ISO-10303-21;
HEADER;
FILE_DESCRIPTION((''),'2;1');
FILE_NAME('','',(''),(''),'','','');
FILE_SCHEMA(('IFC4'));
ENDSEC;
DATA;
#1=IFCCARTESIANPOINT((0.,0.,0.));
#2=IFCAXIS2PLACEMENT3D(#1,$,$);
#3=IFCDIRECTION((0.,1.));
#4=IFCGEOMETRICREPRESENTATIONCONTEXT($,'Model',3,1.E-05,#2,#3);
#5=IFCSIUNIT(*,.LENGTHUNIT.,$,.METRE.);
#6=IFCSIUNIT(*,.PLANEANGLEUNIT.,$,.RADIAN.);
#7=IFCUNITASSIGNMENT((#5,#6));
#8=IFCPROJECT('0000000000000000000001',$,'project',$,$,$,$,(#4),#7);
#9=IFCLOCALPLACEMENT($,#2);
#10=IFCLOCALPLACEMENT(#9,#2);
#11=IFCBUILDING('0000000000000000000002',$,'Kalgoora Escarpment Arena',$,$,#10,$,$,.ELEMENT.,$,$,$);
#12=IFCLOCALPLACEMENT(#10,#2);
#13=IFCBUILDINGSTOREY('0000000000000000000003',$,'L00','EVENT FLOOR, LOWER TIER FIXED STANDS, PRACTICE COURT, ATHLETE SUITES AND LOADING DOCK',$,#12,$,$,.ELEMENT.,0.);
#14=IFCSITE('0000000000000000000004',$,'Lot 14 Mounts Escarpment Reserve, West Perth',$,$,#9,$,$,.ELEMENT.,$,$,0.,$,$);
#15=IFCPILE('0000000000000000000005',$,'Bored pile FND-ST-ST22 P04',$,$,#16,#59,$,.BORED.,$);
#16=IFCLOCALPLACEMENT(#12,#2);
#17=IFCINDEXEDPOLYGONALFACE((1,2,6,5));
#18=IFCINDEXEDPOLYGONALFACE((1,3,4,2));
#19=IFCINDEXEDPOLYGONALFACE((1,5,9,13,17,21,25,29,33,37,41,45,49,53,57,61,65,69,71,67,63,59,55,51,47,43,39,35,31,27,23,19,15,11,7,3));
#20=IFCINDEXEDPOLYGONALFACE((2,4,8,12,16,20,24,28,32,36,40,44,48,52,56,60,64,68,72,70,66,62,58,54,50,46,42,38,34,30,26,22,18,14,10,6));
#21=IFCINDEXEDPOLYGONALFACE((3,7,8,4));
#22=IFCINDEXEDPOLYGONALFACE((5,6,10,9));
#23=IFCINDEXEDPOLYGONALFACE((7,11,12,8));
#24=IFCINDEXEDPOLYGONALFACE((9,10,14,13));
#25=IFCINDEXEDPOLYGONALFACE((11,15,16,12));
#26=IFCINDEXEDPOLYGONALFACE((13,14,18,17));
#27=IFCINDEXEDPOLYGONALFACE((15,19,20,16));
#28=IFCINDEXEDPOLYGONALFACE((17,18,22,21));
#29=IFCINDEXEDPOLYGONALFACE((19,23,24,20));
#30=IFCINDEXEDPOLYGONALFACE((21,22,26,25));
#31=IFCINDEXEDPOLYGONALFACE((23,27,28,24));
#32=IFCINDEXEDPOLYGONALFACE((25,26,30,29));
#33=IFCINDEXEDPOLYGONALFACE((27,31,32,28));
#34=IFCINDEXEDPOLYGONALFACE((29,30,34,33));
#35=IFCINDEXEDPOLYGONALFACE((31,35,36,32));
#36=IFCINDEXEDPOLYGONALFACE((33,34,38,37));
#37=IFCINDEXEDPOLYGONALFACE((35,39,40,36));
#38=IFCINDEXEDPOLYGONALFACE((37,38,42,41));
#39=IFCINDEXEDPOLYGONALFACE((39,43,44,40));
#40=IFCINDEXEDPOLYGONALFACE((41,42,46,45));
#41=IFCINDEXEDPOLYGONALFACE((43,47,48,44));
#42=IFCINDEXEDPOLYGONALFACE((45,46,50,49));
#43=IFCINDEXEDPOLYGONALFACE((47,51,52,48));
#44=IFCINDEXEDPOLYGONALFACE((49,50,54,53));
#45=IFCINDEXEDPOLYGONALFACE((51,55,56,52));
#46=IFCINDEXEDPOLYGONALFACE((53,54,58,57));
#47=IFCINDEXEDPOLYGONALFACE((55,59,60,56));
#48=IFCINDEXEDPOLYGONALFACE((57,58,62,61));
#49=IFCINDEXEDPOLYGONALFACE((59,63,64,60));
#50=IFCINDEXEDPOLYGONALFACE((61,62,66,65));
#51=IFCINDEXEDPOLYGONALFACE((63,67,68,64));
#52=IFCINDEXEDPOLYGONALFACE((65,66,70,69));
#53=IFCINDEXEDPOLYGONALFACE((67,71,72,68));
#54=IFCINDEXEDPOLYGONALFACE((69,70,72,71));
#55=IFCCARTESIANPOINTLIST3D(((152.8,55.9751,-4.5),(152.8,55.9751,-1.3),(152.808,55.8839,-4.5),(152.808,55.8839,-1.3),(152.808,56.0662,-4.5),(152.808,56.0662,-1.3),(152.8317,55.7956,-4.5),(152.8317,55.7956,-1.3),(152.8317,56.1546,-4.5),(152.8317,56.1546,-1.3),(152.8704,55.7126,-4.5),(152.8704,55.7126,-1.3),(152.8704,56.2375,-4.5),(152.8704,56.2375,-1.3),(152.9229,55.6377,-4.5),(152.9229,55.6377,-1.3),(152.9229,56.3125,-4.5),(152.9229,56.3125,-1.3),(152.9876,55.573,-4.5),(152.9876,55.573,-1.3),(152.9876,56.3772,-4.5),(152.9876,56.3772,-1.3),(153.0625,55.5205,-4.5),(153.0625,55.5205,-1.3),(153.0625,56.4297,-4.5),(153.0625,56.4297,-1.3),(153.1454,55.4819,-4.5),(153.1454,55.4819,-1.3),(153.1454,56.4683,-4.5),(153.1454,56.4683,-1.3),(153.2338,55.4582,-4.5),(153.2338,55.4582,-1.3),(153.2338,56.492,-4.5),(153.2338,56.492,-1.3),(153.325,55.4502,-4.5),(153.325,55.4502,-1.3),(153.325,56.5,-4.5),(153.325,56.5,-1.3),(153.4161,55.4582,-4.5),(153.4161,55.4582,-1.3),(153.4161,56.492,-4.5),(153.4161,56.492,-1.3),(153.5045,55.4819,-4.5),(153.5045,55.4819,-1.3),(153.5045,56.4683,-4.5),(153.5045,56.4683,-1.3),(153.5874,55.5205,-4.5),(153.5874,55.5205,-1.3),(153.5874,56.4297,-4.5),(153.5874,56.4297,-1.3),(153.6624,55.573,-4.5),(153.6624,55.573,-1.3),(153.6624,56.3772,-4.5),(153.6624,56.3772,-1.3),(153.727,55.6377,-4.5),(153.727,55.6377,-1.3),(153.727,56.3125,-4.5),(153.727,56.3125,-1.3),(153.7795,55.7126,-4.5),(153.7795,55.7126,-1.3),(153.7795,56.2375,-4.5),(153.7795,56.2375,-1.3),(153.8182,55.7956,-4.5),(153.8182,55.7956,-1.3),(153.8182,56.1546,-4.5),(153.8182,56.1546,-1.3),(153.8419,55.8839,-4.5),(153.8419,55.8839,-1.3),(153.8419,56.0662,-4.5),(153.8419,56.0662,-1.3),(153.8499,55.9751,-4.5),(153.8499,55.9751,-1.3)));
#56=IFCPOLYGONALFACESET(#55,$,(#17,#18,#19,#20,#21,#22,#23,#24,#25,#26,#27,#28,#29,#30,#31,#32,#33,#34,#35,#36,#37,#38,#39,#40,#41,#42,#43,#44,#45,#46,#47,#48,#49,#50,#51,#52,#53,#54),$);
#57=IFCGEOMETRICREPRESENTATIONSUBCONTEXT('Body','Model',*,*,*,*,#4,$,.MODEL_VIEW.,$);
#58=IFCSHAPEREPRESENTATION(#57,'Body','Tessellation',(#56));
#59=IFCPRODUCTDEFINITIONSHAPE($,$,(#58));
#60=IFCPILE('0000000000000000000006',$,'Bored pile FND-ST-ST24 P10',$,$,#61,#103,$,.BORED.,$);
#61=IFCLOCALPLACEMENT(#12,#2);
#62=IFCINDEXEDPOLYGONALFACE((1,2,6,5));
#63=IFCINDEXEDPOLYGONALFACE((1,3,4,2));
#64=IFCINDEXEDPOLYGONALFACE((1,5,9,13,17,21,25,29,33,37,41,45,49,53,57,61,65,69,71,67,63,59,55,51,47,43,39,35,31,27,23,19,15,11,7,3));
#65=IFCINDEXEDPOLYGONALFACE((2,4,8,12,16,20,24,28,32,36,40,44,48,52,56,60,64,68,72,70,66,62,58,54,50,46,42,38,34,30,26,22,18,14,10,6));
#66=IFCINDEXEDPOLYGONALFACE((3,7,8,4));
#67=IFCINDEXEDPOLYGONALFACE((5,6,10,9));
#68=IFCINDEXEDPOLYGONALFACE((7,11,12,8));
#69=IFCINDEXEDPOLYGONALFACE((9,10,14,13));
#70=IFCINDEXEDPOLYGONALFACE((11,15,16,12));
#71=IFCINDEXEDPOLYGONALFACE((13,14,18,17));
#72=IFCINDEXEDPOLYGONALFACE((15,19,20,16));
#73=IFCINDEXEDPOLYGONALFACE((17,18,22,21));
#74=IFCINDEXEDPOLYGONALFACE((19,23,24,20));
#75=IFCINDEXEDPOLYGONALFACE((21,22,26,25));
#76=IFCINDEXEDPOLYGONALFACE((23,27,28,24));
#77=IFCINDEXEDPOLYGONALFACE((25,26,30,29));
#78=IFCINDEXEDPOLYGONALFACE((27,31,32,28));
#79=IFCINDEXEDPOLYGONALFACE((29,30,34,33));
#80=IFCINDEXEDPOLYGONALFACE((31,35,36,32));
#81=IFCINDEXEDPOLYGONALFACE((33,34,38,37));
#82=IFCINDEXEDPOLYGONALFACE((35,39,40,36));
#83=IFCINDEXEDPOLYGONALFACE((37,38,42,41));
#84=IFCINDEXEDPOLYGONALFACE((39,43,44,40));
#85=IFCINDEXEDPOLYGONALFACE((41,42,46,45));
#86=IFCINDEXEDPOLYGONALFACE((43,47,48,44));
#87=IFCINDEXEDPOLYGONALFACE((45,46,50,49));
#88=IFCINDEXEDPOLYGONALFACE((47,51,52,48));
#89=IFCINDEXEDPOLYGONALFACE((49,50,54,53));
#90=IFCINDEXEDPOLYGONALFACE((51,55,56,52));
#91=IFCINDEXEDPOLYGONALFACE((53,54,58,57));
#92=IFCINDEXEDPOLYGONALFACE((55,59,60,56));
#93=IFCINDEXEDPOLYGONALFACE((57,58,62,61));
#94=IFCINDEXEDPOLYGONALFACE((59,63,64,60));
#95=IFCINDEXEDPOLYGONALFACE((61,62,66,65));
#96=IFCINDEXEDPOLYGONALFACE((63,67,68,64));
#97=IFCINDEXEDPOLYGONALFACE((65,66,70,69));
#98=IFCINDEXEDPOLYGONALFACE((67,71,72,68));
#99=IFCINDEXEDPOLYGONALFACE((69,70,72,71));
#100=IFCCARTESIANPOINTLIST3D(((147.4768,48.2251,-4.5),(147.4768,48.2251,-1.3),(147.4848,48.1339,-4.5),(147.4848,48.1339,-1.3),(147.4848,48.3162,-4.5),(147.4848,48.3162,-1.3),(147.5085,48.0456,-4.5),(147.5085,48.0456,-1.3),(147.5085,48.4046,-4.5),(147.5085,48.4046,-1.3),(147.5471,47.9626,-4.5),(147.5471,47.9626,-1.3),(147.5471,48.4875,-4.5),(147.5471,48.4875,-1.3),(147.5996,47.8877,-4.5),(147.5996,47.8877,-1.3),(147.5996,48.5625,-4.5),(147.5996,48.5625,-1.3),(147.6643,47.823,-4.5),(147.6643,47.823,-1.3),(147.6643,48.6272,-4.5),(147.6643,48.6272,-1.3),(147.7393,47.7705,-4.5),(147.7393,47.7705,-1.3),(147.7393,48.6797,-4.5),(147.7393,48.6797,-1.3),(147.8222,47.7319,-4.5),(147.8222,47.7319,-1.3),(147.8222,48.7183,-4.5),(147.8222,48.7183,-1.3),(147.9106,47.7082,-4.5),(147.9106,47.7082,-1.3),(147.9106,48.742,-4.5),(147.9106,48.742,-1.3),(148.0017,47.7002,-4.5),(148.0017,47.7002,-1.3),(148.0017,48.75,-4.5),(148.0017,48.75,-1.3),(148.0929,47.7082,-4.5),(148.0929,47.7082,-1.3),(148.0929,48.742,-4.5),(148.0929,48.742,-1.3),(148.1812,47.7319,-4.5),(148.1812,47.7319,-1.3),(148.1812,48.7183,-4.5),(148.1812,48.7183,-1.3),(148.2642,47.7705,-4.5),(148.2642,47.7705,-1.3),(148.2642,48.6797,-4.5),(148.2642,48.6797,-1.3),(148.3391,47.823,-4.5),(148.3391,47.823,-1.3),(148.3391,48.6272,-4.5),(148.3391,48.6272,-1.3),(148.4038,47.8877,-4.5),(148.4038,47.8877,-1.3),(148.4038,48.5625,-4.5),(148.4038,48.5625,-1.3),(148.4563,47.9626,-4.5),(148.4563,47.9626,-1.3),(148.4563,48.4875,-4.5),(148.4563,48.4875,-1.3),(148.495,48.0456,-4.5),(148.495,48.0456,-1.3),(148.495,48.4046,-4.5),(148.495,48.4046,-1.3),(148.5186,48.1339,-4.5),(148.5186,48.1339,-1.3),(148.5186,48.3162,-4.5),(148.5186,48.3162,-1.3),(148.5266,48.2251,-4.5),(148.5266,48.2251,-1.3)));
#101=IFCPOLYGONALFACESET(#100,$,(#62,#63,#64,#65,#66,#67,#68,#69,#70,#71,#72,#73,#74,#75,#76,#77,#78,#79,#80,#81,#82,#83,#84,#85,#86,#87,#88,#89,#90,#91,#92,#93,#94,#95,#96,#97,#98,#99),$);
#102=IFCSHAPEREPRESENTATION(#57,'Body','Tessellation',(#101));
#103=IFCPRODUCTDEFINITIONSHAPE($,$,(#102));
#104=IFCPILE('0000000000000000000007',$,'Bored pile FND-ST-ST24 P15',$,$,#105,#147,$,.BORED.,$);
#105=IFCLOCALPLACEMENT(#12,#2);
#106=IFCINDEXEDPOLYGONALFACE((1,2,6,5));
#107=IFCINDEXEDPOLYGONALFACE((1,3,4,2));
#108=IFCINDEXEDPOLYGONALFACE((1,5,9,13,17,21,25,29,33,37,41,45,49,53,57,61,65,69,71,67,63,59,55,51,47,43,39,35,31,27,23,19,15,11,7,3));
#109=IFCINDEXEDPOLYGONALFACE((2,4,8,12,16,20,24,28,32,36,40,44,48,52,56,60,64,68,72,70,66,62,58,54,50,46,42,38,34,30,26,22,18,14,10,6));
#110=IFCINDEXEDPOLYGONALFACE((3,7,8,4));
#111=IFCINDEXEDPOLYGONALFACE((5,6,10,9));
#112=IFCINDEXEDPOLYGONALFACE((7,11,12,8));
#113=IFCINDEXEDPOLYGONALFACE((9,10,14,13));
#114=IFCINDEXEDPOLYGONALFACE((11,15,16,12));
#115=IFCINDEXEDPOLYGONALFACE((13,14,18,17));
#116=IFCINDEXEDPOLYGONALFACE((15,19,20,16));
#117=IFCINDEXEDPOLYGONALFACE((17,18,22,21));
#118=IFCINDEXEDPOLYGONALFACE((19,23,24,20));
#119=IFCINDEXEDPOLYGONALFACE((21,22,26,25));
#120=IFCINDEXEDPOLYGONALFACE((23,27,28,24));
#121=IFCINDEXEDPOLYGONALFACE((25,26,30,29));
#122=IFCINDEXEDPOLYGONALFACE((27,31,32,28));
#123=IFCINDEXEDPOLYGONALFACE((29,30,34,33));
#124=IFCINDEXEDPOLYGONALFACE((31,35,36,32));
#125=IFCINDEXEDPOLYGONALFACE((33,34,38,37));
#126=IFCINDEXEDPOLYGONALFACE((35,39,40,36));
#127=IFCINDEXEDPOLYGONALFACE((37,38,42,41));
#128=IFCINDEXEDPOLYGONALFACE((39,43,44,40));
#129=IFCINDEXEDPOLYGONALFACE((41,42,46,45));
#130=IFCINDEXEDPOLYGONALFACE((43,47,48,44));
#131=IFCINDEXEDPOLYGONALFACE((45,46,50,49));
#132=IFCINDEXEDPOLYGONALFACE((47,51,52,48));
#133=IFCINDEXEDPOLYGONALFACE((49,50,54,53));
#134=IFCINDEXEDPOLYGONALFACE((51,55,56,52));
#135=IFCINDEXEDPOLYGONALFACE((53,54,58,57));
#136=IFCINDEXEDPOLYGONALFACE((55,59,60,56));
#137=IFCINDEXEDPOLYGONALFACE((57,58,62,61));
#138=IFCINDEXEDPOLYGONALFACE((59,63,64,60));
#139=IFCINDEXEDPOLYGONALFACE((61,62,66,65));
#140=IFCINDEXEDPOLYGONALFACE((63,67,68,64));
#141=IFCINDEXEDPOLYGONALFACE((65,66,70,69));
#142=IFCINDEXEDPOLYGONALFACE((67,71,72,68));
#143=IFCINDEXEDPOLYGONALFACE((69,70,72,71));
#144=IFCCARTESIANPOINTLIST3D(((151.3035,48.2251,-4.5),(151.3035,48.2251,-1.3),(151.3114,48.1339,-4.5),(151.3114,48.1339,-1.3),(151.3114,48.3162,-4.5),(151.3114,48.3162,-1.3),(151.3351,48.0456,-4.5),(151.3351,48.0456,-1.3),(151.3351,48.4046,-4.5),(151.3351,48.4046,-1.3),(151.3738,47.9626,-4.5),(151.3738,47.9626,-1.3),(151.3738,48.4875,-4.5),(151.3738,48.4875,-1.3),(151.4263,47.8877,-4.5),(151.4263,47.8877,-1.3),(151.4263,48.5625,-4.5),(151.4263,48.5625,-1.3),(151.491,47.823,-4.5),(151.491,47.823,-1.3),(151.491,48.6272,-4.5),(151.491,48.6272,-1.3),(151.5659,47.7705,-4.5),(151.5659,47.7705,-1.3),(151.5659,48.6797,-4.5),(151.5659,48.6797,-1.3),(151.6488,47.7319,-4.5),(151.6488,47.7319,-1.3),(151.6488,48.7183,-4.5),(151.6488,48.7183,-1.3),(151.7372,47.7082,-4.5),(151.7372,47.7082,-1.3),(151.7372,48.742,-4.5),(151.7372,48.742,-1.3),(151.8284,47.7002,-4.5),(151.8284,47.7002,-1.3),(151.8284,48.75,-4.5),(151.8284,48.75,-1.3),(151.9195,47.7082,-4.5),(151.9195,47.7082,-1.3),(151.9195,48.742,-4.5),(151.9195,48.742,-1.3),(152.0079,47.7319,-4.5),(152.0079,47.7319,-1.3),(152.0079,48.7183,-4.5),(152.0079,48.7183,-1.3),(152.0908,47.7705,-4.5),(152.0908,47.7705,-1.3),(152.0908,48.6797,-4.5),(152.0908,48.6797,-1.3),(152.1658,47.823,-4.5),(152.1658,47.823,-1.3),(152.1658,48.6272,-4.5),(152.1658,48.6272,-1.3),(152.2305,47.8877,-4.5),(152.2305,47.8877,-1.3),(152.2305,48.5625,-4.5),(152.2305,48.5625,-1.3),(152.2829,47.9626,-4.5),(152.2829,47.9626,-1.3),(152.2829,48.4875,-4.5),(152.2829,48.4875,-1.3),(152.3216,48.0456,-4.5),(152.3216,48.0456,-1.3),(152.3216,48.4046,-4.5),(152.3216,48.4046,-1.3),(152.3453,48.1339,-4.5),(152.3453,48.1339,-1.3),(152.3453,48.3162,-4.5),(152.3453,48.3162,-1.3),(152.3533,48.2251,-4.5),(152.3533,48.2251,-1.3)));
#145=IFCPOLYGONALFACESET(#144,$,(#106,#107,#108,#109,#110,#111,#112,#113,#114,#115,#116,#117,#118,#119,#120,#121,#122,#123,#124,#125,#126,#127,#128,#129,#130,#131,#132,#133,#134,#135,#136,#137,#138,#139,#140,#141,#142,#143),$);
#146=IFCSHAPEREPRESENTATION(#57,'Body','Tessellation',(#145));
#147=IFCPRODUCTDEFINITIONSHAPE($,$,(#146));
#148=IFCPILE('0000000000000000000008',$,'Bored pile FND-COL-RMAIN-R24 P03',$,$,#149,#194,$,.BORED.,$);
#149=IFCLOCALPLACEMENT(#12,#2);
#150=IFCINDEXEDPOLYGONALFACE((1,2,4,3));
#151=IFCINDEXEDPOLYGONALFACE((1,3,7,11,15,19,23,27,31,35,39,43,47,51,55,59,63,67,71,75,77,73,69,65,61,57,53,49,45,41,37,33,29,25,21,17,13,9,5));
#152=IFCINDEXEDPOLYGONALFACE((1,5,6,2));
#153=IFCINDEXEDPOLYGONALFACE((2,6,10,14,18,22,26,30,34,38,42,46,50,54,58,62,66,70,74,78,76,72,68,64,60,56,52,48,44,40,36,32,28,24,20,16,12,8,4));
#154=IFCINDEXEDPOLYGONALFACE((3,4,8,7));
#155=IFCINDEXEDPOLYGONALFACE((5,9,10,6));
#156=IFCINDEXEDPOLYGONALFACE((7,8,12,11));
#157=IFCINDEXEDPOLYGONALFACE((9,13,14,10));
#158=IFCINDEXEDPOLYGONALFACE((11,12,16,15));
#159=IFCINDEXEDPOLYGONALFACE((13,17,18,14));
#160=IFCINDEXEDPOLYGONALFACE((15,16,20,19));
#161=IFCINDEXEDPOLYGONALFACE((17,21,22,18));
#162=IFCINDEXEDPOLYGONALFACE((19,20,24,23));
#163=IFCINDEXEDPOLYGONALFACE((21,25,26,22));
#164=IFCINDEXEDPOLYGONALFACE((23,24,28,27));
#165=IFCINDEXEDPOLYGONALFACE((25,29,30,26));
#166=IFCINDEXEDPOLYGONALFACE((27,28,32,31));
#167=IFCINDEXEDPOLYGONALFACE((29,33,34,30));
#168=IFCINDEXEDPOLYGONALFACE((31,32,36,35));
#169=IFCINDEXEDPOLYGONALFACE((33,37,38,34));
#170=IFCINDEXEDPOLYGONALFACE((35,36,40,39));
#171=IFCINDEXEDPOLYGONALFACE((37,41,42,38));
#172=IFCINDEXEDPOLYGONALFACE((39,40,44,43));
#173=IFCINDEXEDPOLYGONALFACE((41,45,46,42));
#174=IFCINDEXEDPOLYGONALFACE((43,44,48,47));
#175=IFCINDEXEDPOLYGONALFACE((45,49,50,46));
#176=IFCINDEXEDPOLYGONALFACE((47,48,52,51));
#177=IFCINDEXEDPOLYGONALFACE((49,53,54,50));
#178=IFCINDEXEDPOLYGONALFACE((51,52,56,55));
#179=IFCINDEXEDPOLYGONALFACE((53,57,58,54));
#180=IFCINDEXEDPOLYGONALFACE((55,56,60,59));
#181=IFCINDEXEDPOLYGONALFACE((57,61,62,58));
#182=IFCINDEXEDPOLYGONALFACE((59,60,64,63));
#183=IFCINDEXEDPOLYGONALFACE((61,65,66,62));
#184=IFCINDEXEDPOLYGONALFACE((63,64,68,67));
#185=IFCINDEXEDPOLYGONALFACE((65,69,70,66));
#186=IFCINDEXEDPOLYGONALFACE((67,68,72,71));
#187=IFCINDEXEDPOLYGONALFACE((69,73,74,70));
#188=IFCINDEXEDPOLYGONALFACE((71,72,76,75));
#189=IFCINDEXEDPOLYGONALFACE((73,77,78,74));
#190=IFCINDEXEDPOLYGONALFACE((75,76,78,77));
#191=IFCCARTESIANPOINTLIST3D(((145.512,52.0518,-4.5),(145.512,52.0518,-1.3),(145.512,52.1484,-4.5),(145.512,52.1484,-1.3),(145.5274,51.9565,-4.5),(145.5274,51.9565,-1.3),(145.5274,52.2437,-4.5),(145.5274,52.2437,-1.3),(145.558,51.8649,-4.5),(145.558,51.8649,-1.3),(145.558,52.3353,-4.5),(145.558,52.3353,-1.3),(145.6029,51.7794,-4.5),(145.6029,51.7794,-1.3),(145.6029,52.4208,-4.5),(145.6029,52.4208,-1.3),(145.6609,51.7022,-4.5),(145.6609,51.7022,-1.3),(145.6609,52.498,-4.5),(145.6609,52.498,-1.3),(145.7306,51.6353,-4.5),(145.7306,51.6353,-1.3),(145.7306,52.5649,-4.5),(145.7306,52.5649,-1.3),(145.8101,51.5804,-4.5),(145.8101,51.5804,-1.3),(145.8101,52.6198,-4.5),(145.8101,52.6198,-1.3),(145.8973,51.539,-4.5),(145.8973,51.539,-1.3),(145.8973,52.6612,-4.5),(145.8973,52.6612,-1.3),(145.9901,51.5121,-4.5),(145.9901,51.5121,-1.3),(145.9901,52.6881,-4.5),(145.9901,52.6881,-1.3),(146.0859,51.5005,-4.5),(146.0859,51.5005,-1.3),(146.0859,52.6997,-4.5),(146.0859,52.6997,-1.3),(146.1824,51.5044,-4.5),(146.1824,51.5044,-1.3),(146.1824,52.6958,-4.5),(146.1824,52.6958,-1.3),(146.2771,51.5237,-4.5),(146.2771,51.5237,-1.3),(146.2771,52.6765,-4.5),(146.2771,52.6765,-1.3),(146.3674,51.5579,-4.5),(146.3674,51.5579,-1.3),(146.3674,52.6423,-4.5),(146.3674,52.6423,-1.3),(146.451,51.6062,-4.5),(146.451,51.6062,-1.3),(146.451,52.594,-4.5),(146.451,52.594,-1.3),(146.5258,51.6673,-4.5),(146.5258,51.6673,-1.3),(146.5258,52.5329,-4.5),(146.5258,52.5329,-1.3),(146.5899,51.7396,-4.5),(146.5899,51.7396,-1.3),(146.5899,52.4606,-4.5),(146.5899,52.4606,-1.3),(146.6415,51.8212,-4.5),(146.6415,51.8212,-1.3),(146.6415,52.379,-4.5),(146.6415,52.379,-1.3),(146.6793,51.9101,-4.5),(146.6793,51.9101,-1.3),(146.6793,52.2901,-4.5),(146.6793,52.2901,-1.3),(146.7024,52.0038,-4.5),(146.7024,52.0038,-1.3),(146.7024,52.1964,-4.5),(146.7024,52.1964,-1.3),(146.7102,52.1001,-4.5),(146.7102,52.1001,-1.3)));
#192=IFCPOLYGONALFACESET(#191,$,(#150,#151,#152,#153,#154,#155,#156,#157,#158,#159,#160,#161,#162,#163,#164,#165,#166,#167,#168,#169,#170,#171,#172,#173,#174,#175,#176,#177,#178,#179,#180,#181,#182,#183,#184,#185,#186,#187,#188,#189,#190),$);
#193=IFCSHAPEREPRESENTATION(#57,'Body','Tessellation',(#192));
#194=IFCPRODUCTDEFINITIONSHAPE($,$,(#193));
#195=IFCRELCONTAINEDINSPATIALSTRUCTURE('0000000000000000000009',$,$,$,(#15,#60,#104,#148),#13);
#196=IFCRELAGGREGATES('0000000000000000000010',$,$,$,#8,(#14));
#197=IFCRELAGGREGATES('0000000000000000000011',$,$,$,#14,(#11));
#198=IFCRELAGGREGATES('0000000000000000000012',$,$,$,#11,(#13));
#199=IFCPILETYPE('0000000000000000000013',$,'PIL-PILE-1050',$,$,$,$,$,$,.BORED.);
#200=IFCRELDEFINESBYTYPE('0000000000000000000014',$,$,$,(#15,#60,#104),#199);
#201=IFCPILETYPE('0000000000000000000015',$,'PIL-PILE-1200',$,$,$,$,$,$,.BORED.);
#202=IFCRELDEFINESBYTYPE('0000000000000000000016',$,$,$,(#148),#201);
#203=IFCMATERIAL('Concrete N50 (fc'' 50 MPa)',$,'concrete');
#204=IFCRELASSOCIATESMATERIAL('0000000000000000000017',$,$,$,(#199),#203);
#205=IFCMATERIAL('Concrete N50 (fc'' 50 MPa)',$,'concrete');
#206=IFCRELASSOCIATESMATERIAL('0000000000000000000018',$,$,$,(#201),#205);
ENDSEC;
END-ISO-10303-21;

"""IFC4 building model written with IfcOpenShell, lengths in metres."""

from ifc_helpers import new_model, si_unit, direction, frame, origin, origin_2d, place, context, subcontext, project, spatial, circle, extrude, material, material_profile, profile_set, type_object, element, save


model = new_model("IFC4")

# Units and contexts
model_context = context("Model", 3, precision=1e-05, world=origin(), true_north=direction((0.0, 1.0)))
body_context = subcontext(model_context, "Body", "Model", "MODEL_VIEW")
ifc_project = project(units=[si_unit("LENGTHUNIT", "METRE"), si_unit("PLANEANGLEUNIT", "RADIAN")], contexts=[model_context])

# Site, building, storey
site_placement = place(None, origin())
site = spatial("IfcSite", under=ifc_project, at=site_placement, Name="Lot 14 Mounts Escarpment Reserve, West Perth", CompositionType="ELEMENT", RefElevation=0.0)
building_placement = place(site_placement, origin())
building = spatial("IfcBuilding", under=site, at=building_placement, Name="Kalgoora Escarpment Arena", CompositionType="ELEMENT")
storey_placement = place(building_placement, origin())
storey = spatial("IfcBuildingStorey", under=building, at=storey_placement, Name="L00", Description="EVENT FLOOR, LOWER TIER FIXED STANDS, PRACTICE COURT, ATHLETE SUITES AND LOADING DOCK", CompositionType="ELEMENT", Elevation=0.0)

# Piles
ifc_material_1 = material(Name="Concrete N50 (fc' 50 MPa)", Category="concrete")
ifc_material_profile_1 = material_profile(ifc_material_1, circle(Radius=0.5249, at=origin_2d()))
ifc_profile_set_1 = profile_set([ifc_material_profile_1], Name="Concrete N50 (fc' 50 MPa)")
pile_type_1 = type_object("IfcPileType", Name="PIL-PILE-1050", PredefinedType="BORED", material=ifc_profile_set_1)
for number, where, z_axis, x_axis, name in (
    (1, (153.325, 55.9751, -1.3), (0.0, 0.0, -1.0), (1.0, 0.0, 0.0), "Bored pile FND-ST-ST22 P04"),
    (2, (148.0017, 48.2251, -1.3), (0.0, 0.0, -1.0), (1.0, 0.0, 0.0), "Bored pile FND-ST-ST24 P10"),
    (3, (151.8284, 48.2251, -1.3), (0.0, 0.0, -1.0), (1.0, 0.0, 0.0), "Bored pile FND-ST-ST24 P15"),
):
    element("IfcPile", number, at=place(storey_placement, frame(where, z_axis=z_axis, x_axis=x_axis)), inside=storey, type_object=pile_type_1, Name=name, PredefinedType="BORED", context=body_context, shape_type="SweptSolid", body=[
        extrude(circle(Radius=0.5249, at=origin_2d()), origin(), (0.0, 0.0, 1.0), 3.2),
    ])
ifc_material_2 = material(Name="Concrete N50 (fc' 50 MPa)", Category="concrete")
ifc_material_profile_2 = material_profile(ifc_material_2, circle(Radius=0.6001, at=origin_2d()))
ifc_profile_set_2 = profile_set([ifc_material_profile_2], Name="Concrete N50 (fc' 50 MPa)")
pile_type_2 = type_object("IfcPileType", Name="PIL-PILE-1200", PredefinedType="BORED", material=ifc_profile_set_2)
pile_placement = place(storey_placement, frame((146.1101, 52.1001, -1.3), z_axis=(0.0, 0.0, -1.0), x_axis=(1.0, 0.0, 0.0)))
element("IfcPile", 4, at=pile_placement, inside=storey, type_object=pile_type_2, Name="Bored pile FND-COL-RMAIN-R24 P03", PredefinedType="BORED", context=body_context, shape_type="SweptSolid", body=[
    extrude(circle(Radius=0.6001, at=origin_2d()), origin(), (0.0, 0.0, 1.0), 3.2),
])

save(model, "model.ifc")
